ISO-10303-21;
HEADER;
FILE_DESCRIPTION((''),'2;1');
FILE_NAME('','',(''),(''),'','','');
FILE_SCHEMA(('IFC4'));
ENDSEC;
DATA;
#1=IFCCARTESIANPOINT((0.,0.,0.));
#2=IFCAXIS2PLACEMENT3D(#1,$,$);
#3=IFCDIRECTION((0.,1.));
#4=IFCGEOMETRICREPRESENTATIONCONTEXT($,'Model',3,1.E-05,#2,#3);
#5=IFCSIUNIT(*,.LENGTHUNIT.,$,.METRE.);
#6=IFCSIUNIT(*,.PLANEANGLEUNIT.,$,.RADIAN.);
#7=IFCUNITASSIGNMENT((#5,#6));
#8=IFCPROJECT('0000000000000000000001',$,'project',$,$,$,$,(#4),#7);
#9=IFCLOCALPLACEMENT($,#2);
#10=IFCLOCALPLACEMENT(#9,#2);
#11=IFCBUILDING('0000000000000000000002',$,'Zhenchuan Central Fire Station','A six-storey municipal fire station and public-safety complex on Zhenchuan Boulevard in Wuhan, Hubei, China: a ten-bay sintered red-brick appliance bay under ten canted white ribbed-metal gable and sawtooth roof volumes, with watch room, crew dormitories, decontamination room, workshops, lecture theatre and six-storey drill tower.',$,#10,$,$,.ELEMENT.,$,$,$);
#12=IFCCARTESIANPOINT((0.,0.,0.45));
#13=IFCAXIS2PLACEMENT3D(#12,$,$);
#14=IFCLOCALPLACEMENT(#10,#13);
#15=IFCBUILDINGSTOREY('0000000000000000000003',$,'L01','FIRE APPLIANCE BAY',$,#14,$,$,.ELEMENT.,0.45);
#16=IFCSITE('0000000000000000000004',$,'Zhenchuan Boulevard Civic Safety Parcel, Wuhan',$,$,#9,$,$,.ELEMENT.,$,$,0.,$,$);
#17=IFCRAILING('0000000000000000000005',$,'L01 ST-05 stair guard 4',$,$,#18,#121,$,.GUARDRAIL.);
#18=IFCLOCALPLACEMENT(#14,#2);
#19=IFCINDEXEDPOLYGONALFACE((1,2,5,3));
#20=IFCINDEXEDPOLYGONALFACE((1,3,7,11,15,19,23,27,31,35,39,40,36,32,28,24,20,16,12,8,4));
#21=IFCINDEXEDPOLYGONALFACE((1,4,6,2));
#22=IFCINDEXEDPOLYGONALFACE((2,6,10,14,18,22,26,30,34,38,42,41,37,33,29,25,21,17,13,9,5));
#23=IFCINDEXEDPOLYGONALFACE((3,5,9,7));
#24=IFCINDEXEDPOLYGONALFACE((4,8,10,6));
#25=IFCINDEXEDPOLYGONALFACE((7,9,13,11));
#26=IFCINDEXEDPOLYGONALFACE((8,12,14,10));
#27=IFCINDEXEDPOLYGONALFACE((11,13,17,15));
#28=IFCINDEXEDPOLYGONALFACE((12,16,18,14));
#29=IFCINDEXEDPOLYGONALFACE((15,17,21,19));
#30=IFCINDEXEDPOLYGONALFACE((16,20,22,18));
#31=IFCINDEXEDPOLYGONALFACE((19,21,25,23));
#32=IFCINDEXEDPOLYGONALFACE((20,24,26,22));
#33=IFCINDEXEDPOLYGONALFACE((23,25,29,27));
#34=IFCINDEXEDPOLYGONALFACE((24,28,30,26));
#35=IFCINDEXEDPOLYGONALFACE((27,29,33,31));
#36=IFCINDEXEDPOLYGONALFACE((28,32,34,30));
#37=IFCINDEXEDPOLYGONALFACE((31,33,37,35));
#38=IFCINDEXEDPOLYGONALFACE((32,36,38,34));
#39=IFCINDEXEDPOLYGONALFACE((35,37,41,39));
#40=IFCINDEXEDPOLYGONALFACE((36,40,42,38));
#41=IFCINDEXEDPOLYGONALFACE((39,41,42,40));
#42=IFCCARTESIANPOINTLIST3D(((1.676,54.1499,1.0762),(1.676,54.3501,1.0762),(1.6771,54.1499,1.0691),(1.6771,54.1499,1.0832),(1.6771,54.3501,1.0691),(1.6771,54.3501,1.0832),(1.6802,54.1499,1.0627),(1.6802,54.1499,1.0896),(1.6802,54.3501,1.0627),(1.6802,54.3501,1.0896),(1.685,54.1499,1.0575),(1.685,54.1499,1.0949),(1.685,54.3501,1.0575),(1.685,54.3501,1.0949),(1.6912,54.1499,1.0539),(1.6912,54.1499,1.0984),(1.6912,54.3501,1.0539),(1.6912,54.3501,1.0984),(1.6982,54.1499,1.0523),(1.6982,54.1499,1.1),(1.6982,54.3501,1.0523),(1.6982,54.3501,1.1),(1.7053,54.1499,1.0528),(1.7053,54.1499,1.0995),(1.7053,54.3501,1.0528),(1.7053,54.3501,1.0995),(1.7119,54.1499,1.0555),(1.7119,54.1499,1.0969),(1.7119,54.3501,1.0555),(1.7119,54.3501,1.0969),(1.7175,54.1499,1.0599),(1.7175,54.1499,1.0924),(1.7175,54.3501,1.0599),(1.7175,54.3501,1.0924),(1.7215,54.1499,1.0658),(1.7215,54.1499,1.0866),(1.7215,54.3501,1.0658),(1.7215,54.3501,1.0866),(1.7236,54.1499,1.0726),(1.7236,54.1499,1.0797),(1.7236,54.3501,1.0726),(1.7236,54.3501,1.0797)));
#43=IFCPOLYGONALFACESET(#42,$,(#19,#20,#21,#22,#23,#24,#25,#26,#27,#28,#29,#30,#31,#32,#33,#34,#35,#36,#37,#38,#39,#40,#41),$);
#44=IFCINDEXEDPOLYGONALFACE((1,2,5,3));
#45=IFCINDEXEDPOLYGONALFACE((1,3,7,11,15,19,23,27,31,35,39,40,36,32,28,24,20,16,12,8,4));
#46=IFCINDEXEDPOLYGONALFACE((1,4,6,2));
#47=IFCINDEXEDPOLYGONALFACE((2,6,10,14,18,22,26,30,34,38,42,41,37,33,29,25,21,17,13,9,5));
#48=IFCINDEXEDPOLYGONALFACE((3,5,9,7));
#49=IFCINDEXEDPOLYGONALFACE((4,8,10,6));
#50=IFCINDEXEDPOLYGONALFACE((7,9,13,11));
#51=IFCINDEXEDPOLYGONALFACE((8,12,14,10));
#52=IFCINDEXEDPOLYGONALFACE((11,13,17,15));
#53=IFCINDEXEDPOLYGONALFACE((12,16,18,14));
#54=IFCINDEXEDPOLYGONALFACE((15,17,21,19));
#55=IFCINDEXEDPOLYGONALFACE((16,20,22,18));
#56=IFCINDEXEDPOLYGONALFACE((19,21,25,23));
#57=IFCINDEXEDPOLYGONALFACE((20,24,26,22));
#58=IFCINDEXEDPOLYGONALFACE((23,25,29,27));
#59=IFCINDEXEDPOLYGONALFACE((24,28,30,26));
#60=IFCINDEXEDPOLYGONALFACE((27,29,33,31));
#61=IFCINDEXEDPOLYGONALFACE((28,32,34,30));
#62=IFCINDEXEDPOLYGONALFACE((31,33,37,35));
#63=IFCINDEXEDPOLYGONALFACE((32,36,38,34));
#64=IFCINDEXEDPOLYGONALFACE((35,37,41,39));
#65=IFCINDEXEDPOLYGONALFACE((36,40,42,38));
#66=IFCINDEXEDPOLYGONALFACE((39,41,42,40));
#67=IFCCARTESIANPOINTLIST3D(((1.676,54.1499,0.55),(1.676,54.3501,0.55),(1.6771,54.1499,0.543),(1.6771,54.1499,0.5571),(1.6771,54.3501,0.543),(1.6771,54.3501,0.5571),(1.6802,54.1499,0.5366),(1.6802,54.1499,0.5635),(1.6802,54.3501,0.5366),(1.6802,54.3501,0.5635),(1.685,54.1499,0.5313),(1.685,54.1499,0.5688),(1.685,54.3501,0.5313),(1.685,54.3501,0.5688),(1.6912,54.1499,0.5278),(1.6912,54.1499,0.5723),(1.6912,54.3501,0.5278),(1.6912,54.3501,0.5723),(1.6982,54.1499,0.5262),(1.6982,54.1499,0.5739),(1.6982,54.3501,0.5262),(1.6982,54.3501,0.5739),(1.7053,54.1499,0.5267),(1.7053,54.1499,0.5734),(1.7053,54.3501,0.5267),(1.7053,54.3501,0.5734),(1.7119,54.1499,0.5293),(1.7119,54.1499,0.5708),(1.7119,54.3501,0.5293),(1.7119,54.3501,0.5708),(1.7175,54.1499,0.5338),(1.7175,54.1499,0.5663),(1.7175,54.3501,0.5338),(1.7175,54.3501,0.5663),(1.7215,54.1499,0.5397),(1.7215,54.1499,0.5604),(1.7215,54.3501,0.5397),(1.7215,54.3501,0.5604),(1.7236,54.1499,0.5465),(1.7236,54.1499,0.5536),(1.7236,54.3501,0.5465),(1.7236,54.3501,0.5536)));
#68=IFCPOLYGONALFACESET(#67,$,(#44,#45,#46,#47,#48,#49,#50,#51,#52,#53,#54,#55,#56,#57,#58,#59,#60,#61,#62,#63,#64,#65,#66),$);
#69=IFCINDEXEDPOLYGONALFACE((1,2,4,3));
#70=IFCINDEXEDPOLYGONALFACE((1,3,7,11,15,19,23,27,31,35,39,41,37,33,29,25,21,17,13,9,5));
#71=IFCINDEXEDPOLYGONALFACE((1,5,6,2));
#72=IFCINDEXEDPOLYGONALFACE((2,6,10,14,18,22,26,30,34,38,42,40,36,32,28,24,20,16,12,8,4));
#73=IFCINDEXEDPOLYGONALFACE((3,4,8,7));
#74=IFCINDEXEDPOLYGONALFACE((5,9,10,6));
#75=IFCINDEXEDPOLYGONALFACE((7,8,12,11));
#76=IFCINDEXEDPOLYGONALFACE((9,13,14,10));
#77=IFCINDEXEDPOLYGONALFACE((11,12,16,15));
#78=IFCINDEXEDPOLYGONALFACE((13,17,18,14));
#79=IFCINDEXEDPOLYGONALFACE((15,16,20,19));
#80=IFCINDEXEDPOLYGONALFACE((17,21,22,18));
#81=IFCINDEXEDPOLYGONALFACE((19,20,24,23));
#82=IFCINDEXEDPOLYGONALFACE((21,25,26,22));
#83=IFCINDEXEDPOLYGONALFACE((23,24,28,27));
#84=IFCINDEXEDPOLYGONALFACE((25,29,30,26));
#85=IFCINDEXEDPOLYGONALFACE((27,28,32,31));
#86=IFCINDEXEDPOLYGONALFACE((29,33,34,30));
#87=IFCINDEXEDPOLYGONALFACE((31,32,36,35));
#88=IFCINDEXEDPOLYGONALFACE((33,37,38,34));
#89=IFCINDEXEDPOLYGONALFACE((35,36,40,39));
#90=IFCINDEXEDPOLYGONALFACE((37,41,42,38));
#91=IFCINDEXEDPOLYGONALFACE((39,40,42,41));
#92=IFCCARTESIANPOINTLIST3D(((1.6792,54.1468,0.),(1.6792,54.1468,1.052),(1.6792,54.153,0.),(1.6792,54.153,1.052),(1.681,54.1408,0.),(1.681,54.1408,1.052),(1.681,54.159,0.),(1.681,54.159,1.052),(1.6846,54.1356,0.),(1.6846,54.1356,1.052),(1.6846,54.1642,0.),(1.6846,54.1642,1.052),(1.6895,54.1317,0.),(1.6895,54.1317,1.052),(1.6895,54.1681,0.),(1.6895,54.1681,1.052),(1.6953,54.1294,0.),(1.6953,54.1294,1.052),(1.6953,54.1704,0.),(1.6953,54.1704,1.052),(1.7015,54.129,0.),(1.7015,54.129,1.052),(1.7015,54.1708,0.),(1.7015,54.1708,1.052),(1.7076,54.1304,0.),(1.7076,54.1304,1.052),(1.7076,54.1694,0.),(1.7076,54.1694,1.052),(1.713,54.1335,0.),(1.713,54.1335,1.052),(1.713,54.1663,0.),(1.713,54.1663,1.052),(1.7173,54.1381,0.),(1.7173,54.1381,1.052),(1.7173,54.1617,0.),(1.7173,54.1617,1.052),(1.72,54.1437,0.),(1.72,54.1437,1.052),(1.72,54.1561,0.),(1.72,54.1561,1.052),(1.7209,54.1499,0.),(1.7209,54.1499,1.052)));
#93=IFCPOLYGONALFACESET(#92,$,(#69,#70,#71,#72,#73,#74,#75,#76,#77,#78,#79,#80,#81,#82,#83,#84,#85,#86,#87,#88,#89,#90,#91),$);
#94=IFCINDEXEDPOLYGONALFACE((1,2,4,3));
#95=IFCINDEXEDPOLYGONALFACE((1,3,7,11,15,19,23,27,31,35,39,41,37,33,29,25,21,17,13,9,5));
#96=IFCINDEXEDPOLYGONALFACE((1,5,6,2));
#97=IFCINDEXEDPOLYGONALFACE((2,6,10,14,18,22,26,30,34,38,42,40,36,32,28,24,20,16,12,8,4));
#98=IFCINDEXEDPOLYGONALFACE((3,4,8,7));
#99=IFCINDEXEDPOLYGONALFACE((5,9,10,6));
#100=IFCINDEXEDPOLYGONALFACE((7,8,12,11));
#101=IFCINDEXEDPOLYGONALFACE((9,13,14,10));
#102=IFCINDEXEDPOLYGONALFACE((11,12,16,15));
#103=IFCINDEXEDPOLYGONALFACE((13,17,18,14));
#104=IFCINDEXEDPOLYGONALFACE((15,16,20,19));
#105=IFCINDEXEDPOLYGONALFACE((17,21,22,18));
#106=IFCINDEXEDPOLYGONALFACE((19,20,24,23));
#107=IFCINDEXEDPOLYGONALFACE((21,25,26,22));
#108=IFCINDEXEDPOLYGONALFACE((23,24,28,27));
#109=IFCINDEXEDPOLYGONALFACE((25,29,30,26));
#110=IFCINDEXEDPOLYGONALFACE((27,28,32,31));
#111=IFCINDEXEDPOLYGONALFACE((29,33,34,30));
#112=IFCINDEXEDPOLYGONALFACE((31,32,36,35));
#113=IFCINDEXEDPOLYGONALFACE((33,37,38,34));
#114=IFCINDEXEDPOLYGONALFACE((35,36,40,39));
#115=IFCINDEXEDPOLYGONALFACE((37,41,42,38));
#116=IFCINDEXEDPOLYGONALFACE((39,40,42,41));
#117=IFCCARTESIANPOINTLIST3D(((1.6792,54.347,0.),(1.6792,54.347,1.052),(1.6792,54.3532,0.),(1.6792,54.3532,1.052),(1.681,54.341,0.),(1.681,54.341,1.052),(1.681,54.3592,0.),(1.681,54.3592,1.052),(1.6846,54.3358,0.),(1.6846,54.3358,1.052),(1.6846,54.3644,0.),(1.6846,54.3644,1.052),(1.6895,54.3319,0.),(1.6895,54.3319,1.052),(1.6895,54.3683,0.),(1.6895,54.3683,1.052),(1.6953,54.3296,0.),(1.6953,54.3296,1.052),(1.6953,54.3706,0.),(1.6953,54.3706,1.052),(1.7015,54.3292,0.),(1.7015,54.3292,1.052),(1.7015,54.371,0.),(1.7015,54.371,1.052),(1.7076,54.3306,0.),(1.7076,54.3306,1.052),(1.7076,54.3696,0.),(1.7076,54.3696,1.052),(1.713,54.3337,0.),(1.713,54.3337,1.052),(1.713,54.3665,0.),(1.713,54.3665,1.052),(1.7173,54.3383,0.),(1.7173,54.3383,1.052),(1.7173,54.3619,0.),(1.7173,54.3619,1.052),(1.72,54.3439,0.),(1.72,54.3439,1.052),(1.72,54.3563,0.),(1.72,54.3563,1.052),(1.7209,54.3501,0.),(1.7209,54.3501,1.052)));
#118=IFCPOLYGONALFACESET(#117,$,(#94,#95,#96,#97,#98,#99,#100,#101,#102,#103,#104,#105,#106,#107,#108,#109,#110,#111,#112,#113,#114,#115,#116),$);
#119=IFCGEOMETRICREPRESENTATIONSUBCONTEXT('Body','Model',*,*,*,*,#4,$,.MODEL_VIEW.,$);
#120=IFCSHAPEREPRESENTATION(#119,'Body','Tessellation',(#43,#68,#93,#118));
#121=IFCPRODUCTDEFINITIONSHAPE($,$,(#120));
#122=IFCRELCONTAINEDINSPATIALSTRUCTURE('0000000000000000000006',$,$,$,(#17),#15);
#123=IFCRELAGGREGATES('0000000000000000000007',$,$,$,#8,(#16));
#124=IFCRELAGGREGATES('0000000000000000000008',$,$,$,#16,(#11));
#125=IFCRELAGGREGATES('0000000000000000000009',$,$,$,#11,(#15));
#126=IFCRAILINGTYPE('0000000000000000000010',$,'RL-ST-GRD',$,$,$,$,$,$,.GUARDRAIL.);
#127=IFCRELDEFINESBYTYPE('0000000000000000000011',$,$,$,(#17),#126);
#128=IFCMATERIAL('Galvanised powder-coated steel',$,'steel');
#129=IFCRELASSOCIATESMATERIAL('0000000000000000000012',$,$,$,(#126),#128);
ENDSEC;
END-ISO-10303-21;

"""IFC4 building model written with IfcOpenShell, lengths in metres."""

from ifc_helpers import new_model, si_unit, direction, frame, origin, origin_2d, place, context, subcontext, project, spatial, circle, extrude, material, type_object, element, save


model = new_model("IFC4")

# Units and contexts
model_context = context("Model", 3, precision=1e-05, world=origin(), true_north=direction((0.0, 1.0)))
body_context = subcontext(model_context, "Body", "Model", "MODEL_VIEW")
ifc_project = project(units=[si_unit("LENGTHUNIT", "METRE"), si_unit("PLANEANGLEUNIT", "RADIAN")], contexts=[model_context])

# Site, building, storey
site_placement = place(None, origin())
site = spatial("IfcSite", under=ifc_project, at=site_placement, Name="Zhenchuan Boulevard Civic Safety Parcel, Wuhan", CompositionType="ELEMENT", RefElevation=0.0)
building_placement = place(site_placement, origin())
building = spatial("IfcBuilding", under=site, at=building_placement, Name="Zhenchuan Central Fire Station", Description="A six-storey municipal fire station and public-safety complex on Zhenchuan Boulevard in Wuhan, Hubei, China: a ten-bay sintered red-brick appliance bay under ten canted white ribbed-metal gable and sawtooth roof volumes, with watch room, crew dormitories, decontamination room, workshops, lecture theatre and six-storey drill tower.", CompositionType="ELEMENT")
storey_placement = place(building_placement, frame((0.0, 0.0, 0.45)))
storey = spatial("IfcBuildingStorey", under=building, at=storey_placement, Name="L01", Description="FIRE APPLIANCE BAY", CompositionType="ELEMENT", Elevation=0.45)

# Railing
ifc_material_1 = material(Name="Galvanised powder-coated steel", Category="steel")
railing_type_1 = type_object("IfcRailingType", Name="RL-ST-GRD", PredefinedType="GUARDRAIL", material=ifc_material_1)
railing_1_placement = place(storey_placement, frame((1.7, 54.1499, 0.0)))
element("IfcRailing", 1, at=railing_1_placement, inside=storey, type_object=railing_type_1, Name="L01 ST-05 stair guard 4", PredefinedType="GUARDRAIL", context=body_context, shape_type="SweptSolid", body=[
    extrude(circle(Radius=0.0239, at=origin_2d()), frame((0.0, 0.0, 1.0762), z_axis=(0.0, 1.0, 0.0), x_axis=(-1.0, 0.0, 0.0)), (0.0, 0.0, 1.0), 0.2002),
    extrude(circle(Radius=0.0239, at=origin_2d()), frame((0.0, 0.0, 0.55), z_axis=(0.0, 1.0, 0.0), x_axis=(-1.0, 0.0, 0.0)), (0.0, 0.0, 1.0), 0.2002),
    extrude(circle(Radius=0.021, at=origin_2d()), origin(), (0.0, 0.0, 1.0), 1.052),
    extrude(circle(Radius=0.021, at=origin_2d()), frame((0.0, 0.2002, 0.0)), (0.0, 0.0, 1.0), 1.052),
])

save(model, "model.ifc")
